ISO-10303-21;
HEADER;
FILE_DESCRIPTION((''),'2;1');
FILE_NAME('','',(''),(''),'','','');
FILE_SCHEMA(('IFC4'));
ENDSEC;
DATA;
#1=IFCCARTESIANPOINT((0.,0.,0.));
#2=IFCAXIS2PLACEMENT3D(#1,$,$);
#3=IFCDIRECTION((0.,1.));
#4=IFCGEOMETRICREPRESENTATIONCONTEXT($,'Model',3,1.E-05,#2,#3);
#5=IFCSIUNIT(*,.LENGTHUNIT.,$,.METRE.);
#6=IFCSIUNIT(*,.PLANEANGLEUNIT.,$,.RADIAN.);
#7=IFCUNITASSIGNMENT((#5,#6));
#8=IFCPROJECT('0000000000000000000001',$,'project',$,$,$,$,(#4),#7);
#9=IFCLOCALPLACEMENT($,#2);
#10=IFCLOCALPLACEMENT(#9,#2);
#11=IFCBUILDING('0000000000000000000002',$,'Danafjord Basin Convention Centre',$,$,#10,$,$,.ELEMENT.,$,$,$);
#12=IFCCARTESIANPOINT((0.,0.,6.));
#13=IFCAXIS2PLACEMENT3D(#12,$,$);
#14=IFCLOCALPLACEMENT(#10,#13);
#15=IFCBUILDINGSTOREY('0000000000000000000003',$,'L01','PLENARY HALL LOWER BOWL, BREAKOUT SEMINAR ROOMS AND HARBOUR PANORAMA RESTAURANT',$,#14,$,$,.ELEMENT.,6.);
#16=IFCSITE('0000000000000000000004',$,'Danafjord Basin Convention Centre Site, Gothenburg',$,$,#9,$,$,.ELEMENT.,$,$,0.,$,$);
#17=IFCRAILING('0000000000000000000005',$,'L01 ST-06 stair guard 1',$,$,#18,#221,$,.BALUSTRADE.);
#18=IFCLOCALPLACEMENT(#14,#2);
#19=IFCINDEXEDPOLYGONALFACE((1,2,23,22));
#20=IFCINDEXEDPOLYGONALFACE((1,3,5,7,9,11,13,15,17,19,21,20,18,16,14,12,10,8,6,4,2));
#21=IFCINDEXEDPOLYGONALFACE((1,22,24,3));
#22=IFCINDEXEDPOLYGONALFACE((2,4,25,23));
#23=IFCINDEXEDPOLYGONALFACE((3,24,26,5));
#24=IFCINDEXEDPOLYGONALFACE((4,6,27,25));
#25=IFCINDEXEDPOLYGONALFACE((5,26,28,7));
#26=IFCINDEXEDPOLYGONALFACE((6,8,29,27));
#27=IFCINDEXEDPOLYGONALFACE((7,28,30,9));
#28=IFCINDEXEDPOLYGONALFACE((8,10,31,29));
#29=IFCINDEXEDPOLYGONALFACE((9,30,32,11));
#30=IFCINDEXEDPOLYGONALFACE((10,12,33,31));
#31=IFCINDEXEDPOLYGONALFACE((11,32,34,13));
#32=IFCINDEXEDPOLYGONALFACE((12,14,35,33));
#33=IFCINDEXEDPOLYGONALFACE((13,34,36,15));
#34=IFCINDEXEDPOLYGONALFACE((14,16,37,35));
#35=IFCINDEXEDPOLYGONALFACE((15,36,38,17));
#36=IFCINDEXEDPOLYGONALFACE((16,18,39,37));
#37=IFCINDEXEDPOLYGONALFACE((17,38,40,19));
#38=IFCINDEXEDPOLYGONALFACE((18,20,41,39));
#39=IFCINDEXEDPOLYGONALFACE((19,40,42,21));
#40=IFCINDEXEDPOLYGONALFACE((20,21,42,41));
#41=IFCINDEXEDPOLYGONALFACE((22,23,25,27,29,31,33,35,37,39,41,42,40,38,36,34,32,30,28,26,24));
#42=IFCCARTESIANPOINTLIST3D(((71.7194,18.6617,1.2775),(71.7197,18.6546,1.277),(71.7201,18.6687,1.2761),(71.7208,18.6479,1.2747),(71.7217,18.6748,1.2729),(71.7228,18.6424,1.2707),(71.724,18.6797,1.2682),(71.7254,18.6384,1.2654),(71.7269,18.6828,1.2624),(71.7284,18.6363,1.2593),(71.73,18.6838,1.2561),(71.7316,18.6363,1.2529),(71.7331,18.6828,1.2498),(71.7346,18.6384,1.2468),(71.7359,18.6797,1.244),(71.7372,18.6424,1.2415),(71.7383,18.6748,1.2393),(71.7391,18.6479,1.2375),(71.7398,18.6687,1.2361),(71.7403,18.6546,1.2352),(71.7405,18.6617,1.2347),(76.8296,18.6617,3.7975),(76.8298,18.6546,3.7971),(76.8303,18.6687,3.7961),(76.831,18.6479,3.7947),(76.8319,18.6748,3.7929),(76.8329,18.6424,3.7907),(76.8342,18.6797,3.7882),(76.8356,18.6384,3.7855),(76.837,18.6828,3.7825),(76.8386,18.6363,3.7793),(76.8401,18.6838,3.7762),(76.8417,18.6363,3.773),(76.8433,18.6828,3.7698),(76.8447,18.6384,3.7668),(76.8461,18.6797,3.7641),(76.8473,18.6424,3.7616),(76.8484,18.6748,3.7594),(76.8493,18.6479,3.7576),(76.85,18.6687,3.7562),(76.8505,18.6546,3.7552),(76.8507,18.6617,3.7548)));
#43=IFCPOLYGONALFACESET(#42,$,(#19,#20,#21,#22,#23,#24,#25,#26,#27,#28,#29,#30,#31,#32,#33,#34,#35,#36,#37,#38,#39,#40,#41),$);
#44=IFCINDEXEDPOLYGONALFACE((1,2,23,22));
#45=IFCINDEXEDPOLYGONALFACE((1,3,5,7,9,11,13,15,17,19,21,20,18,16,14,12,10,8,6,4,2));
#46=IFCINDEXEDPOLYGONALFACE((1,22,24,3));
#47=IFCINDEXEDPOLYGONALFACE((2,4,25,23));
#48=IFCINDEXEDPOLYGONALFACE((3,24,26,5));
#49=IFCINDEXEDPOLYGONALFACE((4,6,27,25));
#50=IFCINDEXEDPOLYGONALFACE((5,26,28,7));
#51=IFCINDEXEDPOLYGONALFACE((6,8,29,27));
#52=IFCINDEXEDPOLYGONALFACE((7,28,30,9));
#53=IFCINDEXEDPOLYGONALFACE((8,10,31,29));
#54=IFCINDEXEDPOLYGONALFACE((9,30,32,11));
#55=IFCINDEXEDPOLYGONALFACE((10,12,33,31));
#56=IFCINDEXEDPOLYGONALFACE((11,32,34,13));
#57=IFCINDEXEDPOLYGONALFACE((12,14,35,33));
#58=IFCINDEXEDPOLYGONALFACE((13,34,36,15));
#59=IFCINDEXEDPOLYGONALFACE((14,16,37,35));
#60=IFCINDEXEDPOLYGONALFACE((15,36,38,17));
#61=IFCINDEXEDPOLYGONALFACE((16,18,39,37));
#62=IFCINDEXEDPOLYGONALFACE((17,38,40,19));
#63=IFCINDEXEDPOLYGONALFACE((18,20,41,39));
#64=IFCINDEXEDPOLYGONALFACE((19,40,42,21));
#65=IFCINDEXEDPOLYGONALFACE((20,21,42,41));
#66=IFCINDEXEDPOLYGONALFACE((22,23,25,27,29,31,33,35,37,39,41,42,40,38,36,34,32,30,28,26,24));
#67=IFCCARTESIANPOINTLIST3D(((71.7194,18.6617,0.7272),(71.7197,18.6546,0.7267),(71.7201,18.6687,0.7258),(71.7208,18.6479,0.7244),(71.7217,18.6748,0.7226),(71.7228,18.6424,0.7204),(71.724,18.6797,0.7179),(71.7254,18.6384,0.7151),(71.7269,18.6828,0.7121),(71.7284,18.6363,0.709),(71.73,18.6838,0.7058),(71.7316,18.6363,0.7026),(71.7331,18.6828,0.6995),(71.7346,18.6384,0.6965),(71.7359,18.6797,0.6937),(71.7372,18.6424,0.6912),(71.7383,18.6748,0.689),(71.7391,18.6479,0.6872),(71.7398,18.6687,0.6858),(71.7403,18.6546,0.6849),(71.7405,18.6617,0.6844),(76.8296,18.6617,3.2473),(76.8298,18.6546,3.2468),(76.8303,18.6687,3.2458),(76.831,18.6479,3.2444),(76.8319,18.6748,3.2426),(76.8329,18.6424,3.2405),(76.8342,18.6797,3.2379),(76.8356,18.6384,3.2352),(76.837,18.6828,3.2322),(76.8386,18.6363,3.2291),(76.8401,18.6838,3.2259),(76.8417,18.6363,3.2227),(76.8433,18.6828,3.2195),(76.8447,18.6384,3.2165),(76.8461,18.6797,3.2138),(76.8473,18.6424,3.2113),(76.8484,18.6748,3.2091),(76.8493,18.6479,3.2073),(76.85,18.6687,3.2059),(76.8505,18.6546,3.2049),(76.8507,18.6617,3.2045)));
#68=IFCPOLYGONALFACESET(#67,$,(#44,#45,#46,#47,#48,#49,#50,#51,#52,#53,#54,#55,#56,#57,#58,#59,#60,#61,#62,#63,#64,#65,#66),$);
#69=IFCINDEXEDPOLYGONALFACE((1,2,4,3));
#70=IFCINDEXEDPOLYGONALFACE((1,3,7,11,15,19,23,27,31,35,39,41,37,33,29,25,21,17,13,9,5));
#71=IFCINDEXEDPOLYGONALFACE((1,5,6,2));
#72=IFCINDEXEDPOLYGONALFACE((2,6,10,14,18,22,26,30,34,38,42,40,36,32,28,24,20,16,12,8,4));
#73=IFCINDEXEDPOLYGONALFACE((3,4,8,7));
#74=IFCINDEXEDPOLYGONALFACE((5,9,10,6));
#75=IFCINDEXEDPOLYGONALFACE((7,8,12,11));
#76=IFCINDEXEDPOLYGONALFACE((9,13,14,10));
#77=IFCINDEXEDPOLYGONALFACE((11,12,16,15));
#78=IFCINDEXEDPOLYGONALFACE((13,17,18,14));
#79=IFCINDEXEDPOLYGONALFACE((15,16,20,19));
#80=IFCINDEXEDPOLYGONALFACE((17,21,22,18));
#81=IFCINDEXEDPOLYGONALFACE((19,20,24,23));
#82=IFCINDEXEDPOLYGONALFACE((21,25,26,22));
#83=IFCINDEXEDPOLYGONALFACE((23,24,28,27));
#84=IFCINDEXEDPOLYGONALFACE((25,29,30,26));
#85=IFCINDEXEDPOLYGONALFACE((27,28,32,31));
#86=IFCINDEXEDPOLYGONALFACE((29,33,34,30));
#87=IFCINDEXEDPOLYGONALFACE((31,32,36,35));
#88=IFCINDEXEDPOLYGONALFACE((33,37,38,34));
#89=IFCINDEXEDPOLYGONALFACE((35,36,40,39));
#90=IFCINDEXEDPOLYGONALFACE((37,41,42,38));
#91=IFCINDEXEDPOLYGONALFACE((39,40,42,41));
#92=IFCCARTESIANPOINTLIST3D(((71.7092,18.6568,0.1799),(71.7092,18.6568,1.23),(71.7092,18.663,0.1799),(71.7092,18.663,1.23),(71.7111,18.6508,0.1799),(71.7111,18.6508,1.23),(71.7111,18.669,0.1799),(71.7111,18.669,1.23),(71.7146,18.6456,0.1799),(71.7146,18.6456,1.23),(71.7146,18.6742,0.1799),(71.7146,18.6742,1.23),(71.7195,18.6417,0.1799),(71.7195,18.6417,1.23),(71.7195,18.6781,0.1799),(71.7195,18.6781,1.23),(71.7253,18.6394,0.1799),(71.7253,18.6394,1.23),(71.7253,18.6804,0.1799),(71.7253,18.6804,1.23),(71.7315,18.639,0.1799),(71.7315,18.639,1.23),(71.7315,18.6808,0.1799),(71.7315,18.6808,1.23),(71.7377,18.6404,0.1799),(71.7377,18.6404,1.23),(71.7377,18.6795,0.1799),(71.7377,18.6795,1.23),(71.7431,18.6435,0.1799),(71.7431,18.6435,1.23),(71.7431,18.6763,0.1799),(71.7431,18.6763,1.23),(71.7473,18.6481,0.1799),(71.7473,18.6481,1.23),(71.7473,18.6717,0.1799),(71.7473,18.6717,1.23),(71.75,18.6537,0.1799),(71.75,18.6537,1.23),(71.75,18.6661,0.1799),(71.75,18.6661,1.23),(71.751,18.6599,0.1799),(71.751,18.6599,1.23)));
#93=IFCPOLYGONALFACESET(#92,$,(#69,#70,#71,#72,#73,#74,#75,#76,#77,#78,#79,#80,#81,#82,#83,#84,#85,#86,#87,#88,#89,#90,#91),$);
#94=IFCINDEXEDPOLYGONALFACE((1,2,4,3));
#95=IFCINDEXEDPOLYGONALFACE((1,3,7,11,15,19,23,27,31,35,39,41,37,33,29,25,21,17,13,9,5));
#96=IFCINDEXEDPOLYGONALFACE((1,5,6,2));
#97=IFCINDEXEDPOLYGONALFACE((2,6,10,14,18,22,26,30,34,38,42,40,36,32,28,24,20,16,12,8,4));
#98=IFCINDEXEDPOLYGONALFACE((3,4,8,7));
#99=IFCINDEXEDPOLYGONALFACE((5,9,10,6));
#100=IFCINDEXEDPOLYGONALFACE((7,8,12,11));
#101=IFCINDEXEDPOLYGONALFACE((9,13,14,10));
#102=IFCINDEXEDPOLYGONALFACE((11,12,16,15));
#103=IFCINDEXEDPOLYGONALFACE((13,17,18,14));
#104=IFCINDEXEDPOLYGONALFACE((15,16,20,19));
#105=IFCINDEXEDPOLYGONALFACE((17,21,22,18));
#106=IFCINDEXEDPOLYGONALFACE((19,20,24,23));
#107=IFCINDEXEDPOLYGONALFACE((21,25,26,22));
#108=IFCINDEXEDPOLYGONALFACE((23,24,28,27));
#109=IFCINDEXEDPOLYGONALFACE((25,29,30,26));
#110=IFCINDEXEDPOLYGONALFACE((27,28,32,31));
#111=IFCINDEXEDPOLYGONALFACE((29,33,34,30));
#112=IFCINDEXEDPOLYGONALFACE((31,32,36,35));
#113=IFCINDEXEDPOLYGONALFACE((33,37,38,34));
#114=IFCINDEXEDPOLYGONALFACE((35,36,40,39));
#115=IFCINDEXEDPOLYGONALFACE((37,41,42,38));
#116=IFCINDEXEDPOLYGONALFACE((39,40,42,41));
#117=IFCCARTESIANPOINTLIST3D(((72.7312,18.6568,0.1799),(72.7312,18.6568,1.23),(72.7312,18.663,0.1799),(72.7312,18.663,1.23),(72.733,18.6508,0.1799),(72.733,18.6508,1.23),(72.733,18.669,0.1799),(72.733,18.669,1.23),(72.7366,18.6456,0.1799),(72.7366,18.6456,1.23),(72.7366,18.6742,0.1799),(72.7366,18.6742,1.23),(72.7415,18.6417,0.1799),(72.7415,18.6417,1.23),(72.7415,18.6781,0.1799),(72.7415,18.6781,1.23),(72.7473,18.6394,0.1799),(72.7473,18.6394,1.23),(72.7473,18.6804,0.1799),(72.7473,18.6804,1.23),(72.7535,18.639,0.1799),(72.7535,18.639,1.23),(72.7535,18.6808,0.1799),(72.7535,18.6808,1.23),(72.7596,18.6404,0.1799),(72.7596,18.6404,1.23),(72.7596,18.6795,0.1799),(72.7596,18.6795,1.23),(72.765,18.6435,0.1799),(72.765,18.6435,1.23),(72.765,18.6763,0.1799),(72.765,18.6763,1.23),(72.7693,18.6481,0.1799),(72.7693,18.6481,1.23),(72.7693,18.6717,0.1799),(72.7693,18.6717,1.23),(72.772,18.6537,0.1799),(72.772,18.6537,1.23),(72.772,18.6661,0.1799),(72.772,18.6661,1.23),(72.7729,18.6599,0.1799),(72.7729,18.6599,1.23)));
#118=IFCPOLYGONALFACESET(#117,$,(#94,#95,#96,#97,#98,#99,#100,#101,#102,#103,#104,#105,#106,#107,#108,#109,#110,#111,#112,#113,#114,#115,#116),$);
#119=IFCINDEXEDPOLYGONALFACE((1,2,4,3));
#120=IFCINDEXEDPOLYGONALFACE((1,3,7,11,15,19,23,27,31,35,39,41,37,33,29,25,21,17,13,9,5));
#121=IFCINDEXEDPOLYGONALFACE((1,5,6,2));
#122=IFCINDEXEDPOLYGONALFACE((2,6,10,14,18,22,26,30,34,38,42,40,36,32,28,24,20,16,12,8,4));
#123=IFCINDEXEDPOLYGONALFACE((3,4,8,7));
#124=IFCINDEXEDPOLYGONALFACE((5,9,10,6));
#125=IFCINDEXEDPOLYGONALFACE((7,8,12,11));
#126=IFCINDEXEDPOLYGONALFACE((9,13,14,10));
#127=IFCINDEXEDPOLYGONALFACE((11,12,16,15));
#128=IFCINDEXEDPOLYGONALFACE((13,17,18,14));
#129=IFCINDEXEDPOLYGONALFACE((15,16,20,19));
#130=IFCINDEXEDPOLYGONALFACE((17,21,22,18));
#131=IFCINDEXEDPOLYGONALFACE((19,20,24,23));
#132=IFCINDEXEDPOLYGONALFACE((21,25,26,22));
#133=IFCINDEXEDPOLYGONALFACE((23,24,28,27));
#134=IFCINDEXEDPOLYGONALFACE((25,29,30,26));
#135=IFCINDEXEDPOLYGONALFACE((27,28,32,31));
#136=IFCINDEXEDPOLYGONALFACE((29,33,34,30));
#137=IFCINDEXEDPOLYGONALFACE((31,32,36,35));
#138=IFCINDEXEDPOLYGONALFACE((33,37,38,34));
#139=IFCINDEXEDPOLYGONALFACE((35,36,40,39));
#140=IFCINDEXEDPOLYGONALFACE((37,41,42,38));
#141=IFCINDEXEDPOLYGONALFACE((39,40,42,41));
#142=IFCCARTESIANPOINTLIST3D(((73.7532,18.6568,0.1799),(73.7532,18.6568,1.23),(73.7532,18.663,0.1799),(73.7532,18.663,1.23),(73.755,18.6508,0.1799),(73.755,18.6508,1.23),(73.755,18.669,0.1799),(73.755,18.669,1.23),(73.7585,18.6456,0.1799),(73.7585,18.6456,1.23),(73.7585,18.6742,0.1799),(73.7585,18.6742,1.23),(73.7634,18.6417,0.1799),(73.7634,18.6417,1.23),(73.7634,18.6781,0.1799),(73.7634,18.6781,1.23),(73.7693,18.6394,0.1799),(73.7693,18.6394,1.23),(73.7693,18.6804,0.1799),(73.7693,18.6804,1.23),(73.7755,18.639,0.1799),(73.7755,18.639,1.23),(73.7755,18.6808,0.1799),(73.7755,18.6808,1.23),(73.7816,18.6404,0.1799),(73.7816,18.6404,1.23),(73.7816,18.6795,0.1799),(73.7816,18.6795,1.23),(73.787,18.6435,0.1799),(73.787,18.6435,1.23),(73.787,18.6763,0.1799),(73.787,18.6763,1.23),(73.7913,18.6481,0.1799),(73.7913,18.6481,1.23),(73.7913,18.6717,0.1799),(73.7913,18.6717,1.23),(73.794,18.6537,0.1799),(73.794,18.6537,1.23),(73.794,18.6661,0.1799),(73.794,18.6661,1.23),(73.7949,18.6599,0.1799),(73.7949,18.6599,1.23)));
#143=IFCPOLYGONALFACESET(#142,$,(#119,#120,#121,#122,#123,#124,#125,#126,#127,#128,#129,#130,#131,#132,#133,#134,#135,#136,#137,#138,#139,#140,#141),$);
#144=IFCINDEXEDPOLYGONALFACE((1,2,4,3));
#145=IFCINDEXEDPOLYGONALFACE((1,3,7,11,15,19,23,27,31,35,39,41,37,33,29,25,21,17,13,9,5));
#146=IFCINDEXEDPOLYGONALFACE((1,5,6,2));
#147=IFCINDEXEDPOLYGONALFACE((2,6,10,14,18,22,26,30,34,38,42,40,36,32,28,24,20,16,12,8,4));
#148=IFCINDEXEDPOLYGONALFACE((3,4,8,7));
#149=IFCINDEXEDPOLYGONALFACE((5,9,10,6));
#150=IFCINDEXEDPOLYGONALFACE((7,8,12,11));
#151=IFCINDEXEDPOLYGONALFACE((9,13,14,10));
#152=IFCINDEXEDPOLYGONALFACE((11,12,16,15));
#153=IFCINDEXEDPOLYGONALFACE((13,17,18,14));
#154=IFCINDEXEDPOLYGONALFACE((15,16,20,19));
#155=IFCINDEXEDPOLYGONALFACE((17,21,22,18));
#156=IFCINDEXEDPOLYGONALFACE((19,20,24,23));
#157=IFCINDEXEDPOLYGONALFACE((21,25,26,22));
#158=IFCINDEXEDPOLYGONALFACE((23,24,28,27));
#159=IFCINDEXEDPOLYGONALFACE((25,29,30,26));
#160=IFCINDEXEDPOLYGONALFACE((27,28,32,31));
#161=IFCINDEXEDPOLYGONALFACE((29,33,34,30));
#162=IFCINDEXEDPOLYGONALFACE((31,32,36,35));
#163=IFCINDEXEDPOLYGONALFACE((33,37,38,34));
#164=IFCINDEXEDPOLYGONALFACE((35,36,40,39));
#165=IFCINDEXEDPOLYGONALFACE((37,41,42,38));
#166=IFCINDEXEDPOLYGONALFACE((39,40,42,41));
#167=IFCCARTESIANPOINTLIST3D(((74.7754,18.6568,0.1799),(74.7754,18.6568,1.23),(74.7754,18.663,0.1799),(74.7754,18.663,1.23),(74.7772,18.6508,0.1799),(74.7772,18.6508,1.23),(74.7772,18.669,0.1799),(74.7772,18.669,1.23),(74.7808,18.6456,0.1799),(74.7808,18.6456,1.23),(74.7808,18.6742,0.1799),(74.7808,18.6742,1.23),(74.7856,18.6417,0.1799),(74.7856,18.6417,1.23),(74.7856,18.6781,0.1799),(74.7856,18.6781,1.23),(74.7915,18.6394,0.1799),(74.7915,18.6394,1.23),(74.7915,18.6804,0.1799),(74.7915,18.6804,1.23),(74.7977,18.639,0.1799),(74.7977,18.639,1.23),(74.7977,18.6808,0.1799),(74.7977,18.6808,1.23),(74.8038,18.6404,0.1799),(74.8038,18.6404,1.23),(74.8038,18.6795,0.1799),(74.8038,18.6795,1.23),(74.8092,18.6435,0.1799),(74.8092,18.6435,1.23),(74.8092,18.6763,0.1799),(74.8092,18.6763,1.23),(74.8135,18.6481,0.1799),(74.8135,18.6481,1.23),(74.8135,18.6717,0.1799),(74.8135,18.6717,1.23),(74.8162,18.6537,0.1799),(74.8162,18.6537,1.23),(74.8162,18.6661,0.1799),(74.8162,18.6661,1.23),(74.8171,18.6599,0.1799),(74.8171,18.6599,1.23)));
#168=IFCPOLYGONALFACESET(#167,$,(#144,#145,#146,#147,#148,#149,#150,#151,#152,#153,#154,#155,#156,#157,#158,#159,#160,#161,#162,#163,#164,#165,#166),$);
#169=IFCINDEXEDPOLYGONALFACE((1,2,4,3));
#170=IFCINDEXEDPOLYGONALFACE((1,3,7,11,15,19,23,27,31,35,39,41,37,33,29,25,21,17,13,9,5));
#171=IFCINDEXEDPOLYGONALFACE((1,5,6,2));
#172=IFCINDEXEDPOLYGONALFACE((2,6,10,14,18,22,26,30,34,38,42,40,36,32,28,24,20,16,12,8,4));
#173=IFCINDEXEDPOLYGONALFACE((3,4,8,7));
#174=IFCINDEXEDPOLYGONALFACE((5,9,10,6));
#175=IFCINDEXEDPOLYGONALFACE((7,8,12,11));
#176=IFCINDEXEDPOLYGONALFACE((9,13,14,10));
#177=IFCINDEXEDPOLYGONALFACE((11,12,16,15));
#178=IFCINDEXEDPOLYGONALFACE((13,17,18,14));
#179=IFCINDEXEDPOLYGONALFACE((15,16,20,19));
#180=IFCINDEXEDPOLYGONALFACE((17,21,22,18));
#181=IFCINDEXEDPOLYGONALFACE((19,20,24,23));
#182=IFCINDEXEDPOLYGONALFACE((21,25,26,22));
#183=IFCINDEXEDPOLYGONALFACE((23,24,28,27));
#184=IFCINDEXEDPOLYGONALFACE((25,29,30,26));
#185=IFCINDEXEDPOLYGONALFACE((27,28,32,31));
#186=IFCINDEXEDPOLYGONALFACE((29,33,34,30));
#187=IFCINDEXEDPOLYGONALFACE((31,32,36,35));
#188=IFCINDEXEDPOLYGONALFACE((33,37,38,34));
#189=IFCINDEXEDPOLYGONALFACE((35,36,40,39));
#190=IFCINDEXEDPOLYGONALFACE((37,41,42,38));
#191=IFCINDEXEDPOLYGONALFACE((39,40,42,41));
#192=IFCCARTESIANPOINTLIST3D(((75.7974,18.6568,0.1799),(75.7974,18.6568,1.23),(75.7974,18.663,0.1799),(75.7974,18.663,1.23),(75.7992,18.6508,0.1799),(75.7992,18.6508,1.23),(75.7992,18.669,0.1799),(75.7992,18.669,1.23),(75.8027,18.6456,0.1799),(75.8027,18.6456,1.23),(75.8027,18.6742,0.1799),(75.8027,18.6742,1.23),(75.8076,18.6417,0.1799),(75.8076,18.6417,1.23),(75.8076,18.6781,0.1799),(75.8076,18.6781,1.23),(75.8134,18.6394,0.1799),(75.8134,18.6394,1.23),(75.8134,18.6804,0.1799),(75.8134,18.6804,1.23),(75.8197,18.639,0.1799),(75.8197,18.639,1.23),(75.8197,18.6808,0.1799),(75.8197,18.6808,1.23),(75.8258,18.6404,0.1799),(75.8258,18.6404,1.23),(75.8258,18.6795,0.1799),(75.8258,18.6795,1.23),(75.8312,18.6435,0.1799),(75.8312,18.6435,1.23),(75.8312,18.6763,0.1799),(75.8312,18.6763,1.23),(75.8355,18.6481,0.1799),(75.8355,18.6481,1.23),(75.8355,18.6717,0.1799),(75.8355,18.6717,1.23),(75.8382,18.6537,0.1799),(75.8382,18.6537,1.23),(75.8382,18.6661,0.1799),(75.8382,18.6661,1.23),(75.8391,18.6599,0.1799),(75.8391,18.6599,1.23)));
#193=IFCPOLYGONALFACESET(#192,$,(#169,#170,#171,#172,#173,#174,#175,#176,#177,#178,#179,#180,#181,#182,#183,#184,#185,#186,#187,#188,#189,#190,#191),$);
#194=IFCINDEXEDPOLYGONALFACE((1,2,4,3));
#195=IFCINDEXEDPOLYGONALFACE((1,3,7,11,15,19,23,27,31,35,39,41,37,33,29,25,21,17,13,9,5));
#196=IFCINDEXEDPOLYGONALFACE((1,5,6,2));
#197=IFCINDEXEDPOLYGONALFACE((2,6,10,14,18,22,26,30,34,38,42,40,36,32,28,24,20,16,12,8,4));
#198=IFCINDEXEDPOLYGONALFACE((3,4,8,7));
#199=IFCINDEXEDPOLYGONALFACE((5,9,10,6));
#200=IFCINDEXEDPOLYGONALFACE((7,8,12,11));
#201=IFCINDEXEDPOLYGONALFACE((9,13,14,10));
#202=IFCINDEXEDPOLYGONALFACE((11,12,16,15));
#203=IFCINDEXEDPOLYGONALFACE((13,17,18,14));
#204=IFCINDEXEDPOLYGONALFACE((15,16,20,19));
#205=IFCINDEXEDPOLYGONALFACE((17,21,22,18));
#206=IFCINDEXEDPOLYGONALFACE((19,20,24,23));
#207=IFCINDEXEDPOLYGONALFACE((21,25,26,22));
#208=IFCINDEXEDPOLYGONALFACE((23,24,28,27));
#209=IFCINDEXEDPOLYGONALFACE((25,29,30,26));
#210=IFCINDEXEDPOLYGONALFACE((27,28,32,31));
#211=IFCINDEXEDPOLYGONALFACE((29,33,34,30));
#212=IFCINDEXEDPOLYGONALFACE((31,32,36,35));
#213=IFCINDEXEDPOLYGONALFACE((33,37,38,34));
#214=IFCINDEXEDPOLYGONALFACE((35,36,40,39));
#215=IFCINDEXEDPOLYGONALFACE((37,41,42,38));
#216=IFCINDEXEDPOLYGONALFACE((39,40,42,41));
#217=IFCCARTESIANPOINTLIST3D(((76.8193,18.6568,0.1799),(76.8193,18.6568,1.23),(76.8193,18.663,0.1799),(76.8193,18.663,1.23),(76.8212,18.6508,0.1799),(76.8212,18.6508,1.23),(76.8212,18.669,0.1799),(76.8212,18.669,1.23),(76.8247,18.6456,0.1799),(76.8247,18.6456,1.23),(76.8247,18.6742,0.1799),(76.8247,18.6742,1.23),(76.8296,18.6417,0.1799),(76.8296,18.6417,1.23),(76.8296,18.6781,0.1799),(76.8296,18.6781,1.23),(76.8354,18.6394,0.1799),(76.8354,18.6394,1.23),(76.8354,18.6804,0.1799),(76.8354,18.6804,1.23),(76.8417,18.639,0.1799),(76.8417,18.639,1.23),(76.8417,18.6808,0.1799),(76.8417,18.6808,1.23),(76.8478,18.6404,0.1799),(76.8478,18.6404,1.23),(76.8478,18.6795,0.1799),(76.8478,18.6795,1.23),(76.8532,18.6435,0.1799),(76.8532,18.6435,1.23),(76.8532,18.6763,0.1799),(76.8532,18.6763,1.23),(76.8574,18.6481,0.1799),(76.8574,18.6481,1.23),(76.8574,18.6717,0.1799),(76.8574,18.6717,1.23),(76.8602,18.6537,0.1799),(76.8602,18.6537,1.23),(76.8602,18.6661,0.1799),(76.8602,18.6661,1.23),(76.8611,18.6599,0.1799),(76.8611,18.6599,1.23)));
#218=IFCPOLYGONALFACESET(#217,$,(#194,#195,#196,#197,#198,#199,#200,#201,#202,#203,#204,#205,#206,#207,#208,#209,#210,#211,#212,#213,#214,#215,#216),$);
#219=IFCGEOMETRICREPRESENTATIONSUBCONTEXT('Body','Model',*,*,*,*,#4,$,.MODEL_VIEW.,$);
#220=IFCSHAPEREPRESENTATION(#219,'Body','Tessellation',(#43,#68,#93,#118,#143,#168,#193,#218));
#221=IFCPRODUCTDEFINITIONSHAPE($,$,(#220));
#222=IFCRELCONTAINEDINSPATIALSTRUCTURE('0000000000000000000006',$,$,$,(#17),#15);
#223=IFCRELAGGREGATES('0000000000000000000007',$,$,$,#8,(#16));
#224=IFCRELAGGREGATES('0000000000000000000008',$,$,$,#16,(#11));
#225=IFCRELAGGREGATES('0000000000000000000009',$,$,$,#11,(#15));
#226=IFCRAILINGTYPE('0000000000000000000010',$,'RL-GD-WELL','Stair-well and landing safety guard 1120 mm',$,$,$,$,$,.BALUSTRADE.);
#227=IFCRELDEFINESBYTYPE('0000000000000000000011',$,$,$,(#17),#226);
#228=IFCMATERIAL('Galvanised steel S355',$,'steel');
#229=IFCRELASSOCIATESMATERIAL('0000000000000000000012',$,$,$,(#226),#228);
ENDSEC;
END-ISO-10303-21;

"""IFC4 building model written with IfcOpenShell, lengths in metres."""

from ifc_helpers import new_model, si_unit, direction, frame, origin, origin_2d, place, context, subcontext, project, spatial, circle, extrude, material, type_object, element, save


model = new_model("IFC4")

# Units and contexts
model_context = context("Model", 3, precision=1e-05, world=origin(), true_north=direction((0.0, 1.0)))
body_context = subcontext(model_context, "Body", "Model", "MODEL_VIEW")
ifc_project = project(units=[si_unit("LENGTHUNIT", "METRE"), si_unit("PLANEANGLEUNIT", "RADIAN")], contexts=[model_context])

# Site, building, storey
site_placement = place(None, origin())
site = spatial("IfcSite", under=ifc_project, at=site_placement, Name="Danafjord Basin Convention Centre Site, Gothenburg", CompositionType="ELEMENT", RefElevation=0.0)
building_placement = place(site_placement, origin())
building = spatial("IfcBuilding", under=site, at=building_placement, Name="Danafjord Basin Convention Centre", CompositionType="ELEMENT")
storey_placement = place(building_placement, frame((0.0, 0.0, 6.0)))
storey = spatial("IfcBuildingStorey", under=building, at=storey_placement, Name="L01", Description="PLENARY HALL LOWER BOWL, BREAKOUT SEMINAR ROOMS AND HARBOUR PANORAMA RESTAURANT", CompositionType="ELEMENT", Elevation=6.0)

# Railing
ifc_material_1 = material(Name="Galvanised steel S355", Category="steel")
railing_type_1 = type_object("IfcRailingType", Name="RL-GD-WELL", Description="Stair-well and landing safety guard 1120 mm", PredefinedType="BALUSTRADE", material=ifc_material_1)
railing_1_placement = place(storey_placement, frame((71.73, 18.6599, 0.1799)))
element("IfcRailing", 1, at=railing_1_placement, inside=storey, type_object=railing_type_1, Name="L01 ST-06 stair guard 1", PredefinedType="BALUSTRADE", context=body_context, shape_type="SweptSolid", body=[
    extrude(circle(Radius=0.0239, at=origin_2d()), frame((0.0, 0.0, 1.0762), z_axis=(0.896873, 0.0, 0.442288), x_axis=(0.0, 1.0, 0.0)), (0.0, 0.0, 1.0), 5.6978),
    extrude(circle(Radius=0.0239, at=origin_2d()), frame((0.0, 0.0, 0.5259), z_axis=(0.896873, 0.0, 0.442288), x_axis=(0.0, 1.0, 0.0)), (0.0, 0.0, 1.0), 5.6978),
    extrude(circle(Radius=0.021, at=origin_2d()), origin(), (0.0, 0.0, 1.0), 1.05),
    extrude(circle(Radius=0.021, at=origin_2d()), frame((1.022, 0.0, 0.0)), (0.0, 0.0, 1.0), 1.05),
    extrude(circle(Radius=0.021, at=origin_2d()), frame((2.0439, 0.0, 0.0)), (0.0, 0.0, 1.0), 1.05),
    extrude(circle(Radius=0.021, at=origin_2d()), frame((3.0662, 0.0, 0.0)), (0.0, 0.0, 1.0), 1.05),
    extrude(circle(Radius=0.021, at=origin_2d()), frame((4.0881, 0.0, 0.0)), (0.0, 0.0, 1.0), 1.05),
    extrude(circle(Radius=0.021, at=origin_2d()), frame((5.1101, 0.0, 0.0)), (0.0, 0.0, 1.0), 1.05),
])

save(model, "model.ifc")
